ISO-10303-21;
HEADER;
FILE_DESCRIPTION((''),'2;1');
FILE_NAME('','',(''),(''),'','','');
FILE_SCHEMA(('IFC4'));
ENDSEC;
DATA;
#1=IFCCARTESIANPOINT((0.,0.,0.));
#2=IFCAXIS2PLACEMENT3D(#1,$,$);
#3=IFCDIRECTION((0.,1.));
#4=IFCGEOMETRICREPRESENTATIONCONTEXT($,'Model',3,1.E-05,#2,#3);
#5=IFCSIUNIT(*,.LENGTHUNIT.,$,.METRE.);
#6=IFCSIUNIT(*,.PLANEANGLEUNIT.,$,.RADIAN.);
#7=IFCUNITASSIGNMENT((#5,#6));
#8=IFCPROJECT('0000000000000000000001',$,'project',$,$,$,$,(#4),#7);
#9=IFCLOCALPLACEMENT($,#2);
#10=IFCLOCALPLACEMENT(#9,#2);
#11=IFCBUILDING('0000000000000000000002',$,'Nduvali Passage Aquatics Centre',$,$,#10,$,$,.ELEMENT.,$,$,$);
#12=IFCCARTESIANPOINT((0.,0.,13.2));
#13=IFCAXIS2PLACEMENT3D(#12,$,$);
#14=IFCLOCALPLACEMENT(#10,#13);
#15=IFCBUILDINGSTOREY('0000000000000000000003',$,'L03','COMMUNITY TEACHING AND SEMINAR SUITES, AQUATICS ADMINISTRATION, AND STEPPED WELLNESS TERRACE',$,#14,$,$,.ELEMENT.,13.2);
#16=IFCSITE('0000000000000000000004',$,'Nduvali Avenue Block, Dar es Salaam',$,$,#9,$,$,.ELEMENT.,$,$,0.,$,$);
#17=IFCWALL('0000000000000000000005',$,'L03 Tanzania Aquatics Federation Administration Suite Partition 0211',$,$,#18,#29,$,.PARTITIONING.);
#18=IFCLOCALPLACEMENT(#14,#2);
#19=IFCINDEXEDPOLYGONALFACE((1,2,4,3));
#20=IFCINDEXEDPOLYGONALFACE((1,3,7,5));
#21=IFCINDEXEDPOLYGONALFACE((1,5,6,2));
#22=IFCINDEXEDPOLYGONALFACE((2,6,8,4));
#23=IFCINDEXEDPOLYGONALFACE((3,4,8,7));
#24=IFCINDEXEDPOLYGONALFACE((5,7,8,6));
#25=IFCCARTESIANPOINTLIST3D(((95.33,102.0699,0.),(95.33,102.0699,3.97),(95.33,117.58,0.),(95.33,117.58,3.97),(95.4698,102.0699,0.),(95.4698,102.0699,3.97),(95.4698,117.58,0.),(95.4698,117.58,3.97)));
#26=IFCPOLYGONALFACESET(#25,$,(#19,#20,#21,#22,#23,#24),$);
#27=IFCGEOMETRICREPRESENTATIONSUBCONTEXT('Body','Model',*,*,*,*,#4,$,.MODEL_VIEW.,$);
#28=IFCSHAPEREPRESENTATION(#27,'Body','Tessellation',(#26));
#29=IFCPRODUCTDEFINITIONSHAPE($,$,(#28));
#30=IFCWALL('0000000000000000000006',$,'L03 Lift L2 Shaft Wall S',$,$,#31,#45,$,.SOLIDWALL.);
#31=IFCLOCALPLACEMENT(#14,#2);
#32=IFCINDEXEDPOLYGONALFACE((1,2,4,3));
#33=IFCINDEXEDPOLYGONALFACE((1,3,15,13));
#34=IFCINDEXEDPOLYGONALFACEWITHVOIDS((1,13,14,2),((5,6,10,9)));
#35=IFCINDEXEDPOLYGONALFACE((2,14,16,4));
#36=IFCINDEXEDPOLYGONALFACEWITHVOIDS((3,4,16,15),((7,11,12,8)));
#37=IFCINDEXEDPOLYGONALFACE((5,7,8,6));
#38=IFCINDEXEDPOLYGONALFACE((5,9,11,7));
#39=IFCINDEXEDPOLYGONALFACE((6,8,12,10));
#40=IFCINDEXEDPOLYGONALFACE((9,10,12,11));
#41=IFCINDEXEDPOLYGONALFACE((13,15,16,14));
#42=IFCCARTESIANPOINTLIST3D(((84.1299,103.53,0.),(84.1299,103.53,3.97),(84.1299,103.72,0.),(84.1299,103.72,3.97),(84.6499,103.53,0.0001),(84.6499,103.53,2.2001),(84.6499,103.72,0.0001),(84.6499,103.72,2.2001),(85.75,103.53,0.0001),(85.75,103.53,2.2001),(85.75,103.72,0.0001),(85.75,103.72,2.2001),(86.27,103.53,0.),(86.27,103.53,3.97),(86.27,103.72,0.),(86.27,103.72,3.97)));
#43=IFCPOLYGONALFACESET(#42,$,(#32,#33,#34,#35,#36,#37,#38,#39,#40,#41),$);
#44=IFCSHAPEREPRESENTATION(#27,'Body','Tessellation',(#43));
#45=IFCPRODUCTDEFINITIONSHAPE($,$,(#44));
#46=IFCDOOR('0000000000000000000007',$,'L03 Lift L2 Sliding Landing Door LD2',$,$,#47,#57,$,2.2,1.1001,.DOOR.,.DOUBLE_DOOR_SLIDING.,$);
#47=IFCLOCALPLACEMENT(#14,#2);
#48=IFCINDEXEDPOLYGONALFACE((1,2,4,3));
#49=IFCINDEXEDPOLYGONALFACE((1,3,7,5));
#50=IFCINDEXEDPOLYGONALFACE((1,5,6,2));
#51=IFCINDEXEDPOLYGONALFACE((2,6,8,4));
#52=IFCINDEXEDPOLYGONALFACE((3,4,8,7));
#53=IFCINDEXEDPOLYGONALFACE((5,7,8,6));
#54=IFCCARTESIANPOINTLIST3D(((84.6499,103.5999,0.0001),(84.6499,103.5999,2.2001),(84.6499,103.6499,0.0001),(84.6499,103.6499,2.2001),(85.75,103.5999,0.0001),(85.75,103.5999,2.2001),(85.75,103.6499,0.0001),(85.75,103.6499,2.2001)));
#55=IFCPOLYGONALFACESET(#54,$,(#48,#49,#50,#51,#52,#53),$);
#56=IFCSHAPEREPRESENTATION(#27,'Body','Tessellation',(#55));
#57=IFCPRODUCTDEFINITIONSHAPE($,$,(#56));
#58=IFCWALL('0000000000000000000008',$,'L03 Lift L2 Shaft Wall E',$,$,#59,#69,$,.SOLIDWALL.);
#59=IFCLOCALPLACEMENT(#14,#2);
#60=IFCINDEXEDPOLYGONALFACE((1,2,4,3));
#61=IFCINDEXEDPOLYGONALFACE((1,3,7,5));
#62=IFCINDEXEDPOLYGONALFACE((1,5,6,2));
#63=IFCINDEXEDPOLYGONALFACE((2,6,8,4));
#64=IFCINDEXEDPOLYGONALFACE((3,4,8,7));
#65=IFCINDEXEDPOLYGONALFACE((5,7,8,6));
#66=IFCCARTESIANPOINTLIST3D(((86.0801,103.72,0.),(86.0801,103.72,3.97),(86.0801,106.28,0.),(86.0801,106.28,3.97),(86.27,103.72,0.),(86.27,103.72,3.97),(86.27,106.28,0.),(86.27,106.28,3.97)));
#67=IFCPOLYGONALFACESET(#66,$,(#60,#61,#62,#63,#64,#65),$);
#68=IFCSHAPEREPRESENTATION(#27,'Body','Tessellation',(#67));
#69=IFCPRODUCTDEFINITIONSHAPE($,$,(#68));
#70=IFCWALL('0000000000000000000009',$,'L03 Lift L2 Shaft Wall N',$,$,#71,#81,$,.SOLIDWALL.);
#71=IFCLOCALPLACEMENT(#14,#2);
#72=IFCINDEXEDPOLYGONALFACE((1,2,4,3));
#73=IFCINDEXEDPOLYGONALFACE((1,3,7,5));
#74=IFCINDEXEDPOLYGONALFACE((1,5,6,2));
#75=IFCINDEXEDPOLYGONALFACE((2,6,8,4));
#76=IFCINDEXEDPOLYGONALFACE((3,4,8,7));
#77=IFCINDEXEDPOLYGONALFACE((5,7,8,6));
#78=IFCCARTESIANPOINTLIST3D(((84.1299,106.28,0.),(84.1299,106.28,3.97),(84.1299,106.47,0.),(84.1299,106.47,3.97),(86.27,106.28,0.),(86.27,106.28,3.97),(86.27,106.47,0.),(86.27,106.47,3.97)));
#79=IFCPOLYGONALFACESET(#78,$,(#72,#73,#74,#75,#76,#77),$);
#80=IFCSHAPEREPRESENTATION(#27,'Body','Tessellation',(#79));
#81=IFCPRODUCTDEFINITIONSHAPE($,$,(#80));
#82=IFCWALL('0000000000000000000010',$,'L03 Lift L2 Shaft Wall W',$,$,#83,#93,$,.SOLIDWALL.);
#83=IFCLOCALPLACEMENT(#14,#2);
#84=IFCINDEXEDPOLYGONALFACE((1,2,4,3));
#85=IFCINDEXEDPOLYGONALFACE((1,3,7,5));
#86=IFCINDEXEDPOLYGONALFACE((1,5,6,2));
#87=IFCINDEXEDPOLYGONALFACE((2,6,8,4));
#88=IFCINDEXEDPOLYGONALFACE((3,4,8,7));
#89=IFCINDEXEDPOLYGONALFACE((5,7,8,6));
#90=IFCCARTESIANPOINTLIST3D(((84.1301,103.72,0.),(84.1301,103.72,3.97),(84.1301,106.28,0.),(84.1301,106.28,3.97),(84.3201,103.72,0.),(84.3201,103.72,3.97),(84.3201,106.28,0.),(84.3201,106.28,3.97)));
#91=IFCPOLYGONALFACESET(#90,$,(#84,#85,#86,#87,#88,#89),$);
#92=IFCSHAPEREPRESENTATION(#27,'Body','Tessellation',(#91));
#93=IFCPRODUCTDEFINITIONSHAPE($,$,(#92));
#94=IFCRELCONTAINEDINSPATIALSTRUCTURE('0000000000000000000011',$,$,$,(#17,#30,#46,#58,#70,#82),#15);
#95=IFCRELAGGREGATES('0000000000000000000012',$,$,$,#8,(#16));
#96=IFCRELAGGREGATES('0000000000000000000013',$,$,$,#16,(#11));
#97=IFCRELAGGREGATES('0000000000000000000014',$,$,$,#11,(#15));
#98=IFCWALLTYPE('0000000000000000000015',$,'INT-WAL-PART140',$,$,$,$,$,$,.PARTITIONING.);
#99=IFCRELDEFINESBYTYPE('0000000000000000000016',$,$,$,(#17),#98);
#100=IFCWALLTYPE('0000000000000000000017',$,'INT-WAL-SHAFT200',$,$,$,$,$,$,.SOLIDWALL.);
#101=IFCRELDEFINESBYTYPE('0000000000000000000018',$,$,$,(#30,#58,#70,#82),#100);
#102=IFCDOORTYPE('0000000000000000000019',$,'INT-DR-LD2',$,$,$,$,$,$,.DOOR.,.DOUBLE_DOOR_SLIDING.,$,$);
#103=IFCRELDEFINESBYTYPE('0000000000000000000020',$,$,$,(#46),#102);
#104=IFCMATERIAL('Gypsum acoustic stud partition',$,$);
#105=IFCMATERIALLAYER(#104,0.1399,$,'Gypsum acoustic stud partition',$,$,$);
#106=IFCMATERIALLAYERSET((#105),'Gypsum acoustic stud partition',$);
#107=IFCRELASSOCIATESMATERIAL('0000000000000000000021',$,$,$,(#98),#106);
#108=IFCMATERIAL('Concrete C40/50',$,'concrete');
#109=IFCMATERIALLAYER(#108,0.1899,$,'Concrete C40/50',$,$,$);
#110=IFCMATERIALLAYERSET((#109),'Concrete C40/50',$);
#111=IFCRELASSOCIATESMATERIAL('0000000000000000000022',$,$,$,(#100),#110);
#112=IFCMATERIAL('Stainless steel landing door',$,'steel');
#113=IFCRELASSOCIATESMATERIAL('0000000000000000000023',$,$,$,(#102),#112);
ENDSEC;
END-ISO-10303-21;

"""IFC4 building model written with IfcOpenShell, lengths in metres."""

from ifc_helpers import new_model, si_unit, direction, frame, frame_2d, origin, place, context, subcontext, project, spatial, rectangle, extrude, material, layer, layer_set, type_object, element, fill, save


model = new_model("IFC4")

# Units and contexts
model_context = context("Model", 3, precision=1e-05, world=origin(), true_north=direction((0.0, 1.0)))
body_context = subcontext(model_context, "Body", "Model", "MODEL_VIEW")
ifc_project = project(units=[si_unit("LENGTHUNIT", "METRE"), si_unit("PLANEANGLEUNIT", "RADIAN")], contexts=[model_context])

# Site, building, storey
site_placement = place(None, origin())
site = spatial("IfcSite", under=ifc_project, at=site_placement, Name="Nduvali Avenue Block, Dar es Salaam", CompositionType="ELEMENT", RefElevation=0.0)
building_placement = place(site_placement, origin())
building = spatial("IfcBuilding", under=site, at=building_placement, Name="Nduvali Passage Aquatics Centre", CompositionType="ELEMENT")
storey_placement = place(building_placement, frame((0.0, 0.0, 13.2)))
storey = spatial("IfcBuildingStorey", under=building, at=storey_placement, Name="L03", Description="COMMUNITY TEACHING AND SEMINAR SUITES, AQUATICS ADMINISTRATION, AND STEPPED WELLNESS TERRACE", CompositionType="ELEMENT", Elevation=13.2)

# Shared definitions
ifc_material_1 = material(Name="Gypsum acoustic stud partition")
ifc_layer_1 = layer(ifc_material_1, 0.1399, Name="Gypsum acoustic stud partition")
ifc_layer_set_1 = layer_set([ifc_layer_1], Name="Gypsum acoustic stud partition")
wall_type_1 = type_object("IfcWallType", Name="INT-WAL-PART140", PredefinedType="PARTITIONING", material=ifc_layer_set_1)

# Wall
wall_1_placement = place(storey_placement, frame((95.3999, 102.0701, 0.0), z_axis=(0.0, 0.0, 1.0), x_axis=(0.0, 1.0, 0.0)))
element("IfcWall", 1, at=wall_1_placement, inside=storey, type_object=wall_type_1, Name="L03 Tanzania Aquatics Federation Administration Suite Partition 0211", PredefinedType="PARTITIONING", context=body_context, shape_type="SweptSolid", body=[
    extrude(rectangle(XDim=15.51, YDim=0.1399, at=frame_2d((7.7549, 0.0))), origin(), (0.0, 0.0, 1.0), 3.97),
])

# Wall, opening, door
ifc_material_2 = material(Name="Concrete C40/50", Category="concrete")
ifc_layer_2 = layer(ifc_material_2, 0.1899, Name="Concrete C40/50")
ifc_layer_set_2 = layer_set([ifc_layer_2], Name="Concrete C40/50")
wall_type_2 = type_object("IfcWallType", Name="INT-WAL-SHAFT200", PredefinedType="SOLIDWALL", material=ifc_layer_set_2)
wall_2_placement = place(storey_placement, frame((84.1299, 103.625, 0.0), z_axis=(0.0, 0.0, 1.0), x_axis=(1.0, 0.0, 0.0)))
wall_2 = element("IfcWall", 2, at=wall_2_placement, inside=storey, type_object=wall_type_2, Name="L03 Lift L2 Shaft Wall S", PredefinedType="SOLIDWALL", context=body_context, shape_type="SweptSolid", body=[
    extrude(rectangle(XDim=2.1401, YDim=0.1899, at=frame_2d((1.0701, 0.0))), origin(), (0.0, 0.0, 1.0), 3.97),
])
opening_1_placement = place(wall_2_placement, frame((0.52, 0.0, 0.0)))
opening_1 = element("IfcOpeningElement", 3, at=opening_1_placement, cuts=wall_2, PredefinedType="OPENING", context=body_context, shape_type="SweptSolid", body=[
    extrude(rectangle(XDim=1.1001, YDim=2.2, at=frame_2d((0.55, 1.1001))), frame((0.0, 0.1099, 0.0), z_axis=(0.0, -1.0, 0.0), x_axis=(1.0, 0.0, 0.0)), (0.0, 0.0, 1.0), 0.2197),
])
ifc_material_3 = material(Name="Stainless steel landing door", Category="steel")
door_type_1 = type_object("IfcDoorType", Name="INT-DR-LD2", OperationType="DOUBLE_DOOR_SLIDING", PredefinedType="DOOR", material=ifc_material_3)
door_1_placement = place(opening_1_placement, origin())
door_1 = element("IfcDoor", 4, at=door_1_placement, inside=storey, type_object=door_type_1, Name="L03 Lift L2 Sliding Landing Door LD2", OperationType="DOUBLE_DOOR_SLIDING", OverallHeight=2.2, OverallWidth=1.1001, PredefinedType="DOOR", context=body_context, shape_type="SweptSolid", body=[
    extrude(rectangle(XDim=1.1001, YDim=2.2, at=frame_2d((0.55, 1.1001))), frame((0.0, 0.0249, 0.0), z_axis=(0.0, -1.0, 0.0), x_axis=(1.0, 0.0, 0.0)), (0.0, 0.0, 1.0), 0.05),
])
fill(opening_1, door_1)

# Walls
wall_3_placement = place(storey_placement, frame((86.175, 103.72, 0.0), z_axis=(0.0, 0.0, 1.0), x_axis=(0.0, 1.0, 0.0)))
element("IfcWall", 5, at=wall_3_placement, inside=storey, type_object=wall_type_2, Name="L03 Lift L2 Shaft Wall E", PredefinedType="SOLIDWALL", context=body_context, shape_type="SweptSolid", body=[
    extrude(rectangle(XDim=2.5601, YDim=0.1899, at=frame_2d((1.28, 0.0))), origin(), (0.0, 0.0, 1.0), 3.97),
])
wall_4_placement = place(storey_placement, frame((86.27, 106.375, 0.0), z_axis=(0.0, 0.0, 1.0), x_axis=(-1.0, 0.0, 0.0)))
element("IfcWall", 6, at=wall_4_placement, inside=storey, type_object=wall_type_2, Name="L03 Lift L2 Shaft Wall N", PredefinedType="SOLIDWALL", context=body_context, shape_type="SweptSolid", body=[
    extrude(rectangle(XDim=2.1401, YDim=0.1899, at=frame_2d((1.0701, 0.0))), origin(), (0.0, 0.0, 1.0), 3.97),
])
wall_5_placement = place(storey_placement, frame((84.2251, 106.28, 0.0), z_axis=(0.0, 0.0, 1.0), x_axis=(0.0, -1.0, 0.0)))
element("IfcWall", 7, at=wall_5_placement, inside=storey, type_object=wall_type_2, Name="L03 Lift L2 Shaft Wall W", PredefinedType="SOLIDWALL", context=body_context, shape_type="SweptSolid", body=[
    extrude(rectangle(XDim=2.5601, YDim=0.1899, at=frame_2d((1.28, 0.0))), origin(), (0.0, 0.0, 1.0), 3.97),
])

save(model, "model.ifc")
